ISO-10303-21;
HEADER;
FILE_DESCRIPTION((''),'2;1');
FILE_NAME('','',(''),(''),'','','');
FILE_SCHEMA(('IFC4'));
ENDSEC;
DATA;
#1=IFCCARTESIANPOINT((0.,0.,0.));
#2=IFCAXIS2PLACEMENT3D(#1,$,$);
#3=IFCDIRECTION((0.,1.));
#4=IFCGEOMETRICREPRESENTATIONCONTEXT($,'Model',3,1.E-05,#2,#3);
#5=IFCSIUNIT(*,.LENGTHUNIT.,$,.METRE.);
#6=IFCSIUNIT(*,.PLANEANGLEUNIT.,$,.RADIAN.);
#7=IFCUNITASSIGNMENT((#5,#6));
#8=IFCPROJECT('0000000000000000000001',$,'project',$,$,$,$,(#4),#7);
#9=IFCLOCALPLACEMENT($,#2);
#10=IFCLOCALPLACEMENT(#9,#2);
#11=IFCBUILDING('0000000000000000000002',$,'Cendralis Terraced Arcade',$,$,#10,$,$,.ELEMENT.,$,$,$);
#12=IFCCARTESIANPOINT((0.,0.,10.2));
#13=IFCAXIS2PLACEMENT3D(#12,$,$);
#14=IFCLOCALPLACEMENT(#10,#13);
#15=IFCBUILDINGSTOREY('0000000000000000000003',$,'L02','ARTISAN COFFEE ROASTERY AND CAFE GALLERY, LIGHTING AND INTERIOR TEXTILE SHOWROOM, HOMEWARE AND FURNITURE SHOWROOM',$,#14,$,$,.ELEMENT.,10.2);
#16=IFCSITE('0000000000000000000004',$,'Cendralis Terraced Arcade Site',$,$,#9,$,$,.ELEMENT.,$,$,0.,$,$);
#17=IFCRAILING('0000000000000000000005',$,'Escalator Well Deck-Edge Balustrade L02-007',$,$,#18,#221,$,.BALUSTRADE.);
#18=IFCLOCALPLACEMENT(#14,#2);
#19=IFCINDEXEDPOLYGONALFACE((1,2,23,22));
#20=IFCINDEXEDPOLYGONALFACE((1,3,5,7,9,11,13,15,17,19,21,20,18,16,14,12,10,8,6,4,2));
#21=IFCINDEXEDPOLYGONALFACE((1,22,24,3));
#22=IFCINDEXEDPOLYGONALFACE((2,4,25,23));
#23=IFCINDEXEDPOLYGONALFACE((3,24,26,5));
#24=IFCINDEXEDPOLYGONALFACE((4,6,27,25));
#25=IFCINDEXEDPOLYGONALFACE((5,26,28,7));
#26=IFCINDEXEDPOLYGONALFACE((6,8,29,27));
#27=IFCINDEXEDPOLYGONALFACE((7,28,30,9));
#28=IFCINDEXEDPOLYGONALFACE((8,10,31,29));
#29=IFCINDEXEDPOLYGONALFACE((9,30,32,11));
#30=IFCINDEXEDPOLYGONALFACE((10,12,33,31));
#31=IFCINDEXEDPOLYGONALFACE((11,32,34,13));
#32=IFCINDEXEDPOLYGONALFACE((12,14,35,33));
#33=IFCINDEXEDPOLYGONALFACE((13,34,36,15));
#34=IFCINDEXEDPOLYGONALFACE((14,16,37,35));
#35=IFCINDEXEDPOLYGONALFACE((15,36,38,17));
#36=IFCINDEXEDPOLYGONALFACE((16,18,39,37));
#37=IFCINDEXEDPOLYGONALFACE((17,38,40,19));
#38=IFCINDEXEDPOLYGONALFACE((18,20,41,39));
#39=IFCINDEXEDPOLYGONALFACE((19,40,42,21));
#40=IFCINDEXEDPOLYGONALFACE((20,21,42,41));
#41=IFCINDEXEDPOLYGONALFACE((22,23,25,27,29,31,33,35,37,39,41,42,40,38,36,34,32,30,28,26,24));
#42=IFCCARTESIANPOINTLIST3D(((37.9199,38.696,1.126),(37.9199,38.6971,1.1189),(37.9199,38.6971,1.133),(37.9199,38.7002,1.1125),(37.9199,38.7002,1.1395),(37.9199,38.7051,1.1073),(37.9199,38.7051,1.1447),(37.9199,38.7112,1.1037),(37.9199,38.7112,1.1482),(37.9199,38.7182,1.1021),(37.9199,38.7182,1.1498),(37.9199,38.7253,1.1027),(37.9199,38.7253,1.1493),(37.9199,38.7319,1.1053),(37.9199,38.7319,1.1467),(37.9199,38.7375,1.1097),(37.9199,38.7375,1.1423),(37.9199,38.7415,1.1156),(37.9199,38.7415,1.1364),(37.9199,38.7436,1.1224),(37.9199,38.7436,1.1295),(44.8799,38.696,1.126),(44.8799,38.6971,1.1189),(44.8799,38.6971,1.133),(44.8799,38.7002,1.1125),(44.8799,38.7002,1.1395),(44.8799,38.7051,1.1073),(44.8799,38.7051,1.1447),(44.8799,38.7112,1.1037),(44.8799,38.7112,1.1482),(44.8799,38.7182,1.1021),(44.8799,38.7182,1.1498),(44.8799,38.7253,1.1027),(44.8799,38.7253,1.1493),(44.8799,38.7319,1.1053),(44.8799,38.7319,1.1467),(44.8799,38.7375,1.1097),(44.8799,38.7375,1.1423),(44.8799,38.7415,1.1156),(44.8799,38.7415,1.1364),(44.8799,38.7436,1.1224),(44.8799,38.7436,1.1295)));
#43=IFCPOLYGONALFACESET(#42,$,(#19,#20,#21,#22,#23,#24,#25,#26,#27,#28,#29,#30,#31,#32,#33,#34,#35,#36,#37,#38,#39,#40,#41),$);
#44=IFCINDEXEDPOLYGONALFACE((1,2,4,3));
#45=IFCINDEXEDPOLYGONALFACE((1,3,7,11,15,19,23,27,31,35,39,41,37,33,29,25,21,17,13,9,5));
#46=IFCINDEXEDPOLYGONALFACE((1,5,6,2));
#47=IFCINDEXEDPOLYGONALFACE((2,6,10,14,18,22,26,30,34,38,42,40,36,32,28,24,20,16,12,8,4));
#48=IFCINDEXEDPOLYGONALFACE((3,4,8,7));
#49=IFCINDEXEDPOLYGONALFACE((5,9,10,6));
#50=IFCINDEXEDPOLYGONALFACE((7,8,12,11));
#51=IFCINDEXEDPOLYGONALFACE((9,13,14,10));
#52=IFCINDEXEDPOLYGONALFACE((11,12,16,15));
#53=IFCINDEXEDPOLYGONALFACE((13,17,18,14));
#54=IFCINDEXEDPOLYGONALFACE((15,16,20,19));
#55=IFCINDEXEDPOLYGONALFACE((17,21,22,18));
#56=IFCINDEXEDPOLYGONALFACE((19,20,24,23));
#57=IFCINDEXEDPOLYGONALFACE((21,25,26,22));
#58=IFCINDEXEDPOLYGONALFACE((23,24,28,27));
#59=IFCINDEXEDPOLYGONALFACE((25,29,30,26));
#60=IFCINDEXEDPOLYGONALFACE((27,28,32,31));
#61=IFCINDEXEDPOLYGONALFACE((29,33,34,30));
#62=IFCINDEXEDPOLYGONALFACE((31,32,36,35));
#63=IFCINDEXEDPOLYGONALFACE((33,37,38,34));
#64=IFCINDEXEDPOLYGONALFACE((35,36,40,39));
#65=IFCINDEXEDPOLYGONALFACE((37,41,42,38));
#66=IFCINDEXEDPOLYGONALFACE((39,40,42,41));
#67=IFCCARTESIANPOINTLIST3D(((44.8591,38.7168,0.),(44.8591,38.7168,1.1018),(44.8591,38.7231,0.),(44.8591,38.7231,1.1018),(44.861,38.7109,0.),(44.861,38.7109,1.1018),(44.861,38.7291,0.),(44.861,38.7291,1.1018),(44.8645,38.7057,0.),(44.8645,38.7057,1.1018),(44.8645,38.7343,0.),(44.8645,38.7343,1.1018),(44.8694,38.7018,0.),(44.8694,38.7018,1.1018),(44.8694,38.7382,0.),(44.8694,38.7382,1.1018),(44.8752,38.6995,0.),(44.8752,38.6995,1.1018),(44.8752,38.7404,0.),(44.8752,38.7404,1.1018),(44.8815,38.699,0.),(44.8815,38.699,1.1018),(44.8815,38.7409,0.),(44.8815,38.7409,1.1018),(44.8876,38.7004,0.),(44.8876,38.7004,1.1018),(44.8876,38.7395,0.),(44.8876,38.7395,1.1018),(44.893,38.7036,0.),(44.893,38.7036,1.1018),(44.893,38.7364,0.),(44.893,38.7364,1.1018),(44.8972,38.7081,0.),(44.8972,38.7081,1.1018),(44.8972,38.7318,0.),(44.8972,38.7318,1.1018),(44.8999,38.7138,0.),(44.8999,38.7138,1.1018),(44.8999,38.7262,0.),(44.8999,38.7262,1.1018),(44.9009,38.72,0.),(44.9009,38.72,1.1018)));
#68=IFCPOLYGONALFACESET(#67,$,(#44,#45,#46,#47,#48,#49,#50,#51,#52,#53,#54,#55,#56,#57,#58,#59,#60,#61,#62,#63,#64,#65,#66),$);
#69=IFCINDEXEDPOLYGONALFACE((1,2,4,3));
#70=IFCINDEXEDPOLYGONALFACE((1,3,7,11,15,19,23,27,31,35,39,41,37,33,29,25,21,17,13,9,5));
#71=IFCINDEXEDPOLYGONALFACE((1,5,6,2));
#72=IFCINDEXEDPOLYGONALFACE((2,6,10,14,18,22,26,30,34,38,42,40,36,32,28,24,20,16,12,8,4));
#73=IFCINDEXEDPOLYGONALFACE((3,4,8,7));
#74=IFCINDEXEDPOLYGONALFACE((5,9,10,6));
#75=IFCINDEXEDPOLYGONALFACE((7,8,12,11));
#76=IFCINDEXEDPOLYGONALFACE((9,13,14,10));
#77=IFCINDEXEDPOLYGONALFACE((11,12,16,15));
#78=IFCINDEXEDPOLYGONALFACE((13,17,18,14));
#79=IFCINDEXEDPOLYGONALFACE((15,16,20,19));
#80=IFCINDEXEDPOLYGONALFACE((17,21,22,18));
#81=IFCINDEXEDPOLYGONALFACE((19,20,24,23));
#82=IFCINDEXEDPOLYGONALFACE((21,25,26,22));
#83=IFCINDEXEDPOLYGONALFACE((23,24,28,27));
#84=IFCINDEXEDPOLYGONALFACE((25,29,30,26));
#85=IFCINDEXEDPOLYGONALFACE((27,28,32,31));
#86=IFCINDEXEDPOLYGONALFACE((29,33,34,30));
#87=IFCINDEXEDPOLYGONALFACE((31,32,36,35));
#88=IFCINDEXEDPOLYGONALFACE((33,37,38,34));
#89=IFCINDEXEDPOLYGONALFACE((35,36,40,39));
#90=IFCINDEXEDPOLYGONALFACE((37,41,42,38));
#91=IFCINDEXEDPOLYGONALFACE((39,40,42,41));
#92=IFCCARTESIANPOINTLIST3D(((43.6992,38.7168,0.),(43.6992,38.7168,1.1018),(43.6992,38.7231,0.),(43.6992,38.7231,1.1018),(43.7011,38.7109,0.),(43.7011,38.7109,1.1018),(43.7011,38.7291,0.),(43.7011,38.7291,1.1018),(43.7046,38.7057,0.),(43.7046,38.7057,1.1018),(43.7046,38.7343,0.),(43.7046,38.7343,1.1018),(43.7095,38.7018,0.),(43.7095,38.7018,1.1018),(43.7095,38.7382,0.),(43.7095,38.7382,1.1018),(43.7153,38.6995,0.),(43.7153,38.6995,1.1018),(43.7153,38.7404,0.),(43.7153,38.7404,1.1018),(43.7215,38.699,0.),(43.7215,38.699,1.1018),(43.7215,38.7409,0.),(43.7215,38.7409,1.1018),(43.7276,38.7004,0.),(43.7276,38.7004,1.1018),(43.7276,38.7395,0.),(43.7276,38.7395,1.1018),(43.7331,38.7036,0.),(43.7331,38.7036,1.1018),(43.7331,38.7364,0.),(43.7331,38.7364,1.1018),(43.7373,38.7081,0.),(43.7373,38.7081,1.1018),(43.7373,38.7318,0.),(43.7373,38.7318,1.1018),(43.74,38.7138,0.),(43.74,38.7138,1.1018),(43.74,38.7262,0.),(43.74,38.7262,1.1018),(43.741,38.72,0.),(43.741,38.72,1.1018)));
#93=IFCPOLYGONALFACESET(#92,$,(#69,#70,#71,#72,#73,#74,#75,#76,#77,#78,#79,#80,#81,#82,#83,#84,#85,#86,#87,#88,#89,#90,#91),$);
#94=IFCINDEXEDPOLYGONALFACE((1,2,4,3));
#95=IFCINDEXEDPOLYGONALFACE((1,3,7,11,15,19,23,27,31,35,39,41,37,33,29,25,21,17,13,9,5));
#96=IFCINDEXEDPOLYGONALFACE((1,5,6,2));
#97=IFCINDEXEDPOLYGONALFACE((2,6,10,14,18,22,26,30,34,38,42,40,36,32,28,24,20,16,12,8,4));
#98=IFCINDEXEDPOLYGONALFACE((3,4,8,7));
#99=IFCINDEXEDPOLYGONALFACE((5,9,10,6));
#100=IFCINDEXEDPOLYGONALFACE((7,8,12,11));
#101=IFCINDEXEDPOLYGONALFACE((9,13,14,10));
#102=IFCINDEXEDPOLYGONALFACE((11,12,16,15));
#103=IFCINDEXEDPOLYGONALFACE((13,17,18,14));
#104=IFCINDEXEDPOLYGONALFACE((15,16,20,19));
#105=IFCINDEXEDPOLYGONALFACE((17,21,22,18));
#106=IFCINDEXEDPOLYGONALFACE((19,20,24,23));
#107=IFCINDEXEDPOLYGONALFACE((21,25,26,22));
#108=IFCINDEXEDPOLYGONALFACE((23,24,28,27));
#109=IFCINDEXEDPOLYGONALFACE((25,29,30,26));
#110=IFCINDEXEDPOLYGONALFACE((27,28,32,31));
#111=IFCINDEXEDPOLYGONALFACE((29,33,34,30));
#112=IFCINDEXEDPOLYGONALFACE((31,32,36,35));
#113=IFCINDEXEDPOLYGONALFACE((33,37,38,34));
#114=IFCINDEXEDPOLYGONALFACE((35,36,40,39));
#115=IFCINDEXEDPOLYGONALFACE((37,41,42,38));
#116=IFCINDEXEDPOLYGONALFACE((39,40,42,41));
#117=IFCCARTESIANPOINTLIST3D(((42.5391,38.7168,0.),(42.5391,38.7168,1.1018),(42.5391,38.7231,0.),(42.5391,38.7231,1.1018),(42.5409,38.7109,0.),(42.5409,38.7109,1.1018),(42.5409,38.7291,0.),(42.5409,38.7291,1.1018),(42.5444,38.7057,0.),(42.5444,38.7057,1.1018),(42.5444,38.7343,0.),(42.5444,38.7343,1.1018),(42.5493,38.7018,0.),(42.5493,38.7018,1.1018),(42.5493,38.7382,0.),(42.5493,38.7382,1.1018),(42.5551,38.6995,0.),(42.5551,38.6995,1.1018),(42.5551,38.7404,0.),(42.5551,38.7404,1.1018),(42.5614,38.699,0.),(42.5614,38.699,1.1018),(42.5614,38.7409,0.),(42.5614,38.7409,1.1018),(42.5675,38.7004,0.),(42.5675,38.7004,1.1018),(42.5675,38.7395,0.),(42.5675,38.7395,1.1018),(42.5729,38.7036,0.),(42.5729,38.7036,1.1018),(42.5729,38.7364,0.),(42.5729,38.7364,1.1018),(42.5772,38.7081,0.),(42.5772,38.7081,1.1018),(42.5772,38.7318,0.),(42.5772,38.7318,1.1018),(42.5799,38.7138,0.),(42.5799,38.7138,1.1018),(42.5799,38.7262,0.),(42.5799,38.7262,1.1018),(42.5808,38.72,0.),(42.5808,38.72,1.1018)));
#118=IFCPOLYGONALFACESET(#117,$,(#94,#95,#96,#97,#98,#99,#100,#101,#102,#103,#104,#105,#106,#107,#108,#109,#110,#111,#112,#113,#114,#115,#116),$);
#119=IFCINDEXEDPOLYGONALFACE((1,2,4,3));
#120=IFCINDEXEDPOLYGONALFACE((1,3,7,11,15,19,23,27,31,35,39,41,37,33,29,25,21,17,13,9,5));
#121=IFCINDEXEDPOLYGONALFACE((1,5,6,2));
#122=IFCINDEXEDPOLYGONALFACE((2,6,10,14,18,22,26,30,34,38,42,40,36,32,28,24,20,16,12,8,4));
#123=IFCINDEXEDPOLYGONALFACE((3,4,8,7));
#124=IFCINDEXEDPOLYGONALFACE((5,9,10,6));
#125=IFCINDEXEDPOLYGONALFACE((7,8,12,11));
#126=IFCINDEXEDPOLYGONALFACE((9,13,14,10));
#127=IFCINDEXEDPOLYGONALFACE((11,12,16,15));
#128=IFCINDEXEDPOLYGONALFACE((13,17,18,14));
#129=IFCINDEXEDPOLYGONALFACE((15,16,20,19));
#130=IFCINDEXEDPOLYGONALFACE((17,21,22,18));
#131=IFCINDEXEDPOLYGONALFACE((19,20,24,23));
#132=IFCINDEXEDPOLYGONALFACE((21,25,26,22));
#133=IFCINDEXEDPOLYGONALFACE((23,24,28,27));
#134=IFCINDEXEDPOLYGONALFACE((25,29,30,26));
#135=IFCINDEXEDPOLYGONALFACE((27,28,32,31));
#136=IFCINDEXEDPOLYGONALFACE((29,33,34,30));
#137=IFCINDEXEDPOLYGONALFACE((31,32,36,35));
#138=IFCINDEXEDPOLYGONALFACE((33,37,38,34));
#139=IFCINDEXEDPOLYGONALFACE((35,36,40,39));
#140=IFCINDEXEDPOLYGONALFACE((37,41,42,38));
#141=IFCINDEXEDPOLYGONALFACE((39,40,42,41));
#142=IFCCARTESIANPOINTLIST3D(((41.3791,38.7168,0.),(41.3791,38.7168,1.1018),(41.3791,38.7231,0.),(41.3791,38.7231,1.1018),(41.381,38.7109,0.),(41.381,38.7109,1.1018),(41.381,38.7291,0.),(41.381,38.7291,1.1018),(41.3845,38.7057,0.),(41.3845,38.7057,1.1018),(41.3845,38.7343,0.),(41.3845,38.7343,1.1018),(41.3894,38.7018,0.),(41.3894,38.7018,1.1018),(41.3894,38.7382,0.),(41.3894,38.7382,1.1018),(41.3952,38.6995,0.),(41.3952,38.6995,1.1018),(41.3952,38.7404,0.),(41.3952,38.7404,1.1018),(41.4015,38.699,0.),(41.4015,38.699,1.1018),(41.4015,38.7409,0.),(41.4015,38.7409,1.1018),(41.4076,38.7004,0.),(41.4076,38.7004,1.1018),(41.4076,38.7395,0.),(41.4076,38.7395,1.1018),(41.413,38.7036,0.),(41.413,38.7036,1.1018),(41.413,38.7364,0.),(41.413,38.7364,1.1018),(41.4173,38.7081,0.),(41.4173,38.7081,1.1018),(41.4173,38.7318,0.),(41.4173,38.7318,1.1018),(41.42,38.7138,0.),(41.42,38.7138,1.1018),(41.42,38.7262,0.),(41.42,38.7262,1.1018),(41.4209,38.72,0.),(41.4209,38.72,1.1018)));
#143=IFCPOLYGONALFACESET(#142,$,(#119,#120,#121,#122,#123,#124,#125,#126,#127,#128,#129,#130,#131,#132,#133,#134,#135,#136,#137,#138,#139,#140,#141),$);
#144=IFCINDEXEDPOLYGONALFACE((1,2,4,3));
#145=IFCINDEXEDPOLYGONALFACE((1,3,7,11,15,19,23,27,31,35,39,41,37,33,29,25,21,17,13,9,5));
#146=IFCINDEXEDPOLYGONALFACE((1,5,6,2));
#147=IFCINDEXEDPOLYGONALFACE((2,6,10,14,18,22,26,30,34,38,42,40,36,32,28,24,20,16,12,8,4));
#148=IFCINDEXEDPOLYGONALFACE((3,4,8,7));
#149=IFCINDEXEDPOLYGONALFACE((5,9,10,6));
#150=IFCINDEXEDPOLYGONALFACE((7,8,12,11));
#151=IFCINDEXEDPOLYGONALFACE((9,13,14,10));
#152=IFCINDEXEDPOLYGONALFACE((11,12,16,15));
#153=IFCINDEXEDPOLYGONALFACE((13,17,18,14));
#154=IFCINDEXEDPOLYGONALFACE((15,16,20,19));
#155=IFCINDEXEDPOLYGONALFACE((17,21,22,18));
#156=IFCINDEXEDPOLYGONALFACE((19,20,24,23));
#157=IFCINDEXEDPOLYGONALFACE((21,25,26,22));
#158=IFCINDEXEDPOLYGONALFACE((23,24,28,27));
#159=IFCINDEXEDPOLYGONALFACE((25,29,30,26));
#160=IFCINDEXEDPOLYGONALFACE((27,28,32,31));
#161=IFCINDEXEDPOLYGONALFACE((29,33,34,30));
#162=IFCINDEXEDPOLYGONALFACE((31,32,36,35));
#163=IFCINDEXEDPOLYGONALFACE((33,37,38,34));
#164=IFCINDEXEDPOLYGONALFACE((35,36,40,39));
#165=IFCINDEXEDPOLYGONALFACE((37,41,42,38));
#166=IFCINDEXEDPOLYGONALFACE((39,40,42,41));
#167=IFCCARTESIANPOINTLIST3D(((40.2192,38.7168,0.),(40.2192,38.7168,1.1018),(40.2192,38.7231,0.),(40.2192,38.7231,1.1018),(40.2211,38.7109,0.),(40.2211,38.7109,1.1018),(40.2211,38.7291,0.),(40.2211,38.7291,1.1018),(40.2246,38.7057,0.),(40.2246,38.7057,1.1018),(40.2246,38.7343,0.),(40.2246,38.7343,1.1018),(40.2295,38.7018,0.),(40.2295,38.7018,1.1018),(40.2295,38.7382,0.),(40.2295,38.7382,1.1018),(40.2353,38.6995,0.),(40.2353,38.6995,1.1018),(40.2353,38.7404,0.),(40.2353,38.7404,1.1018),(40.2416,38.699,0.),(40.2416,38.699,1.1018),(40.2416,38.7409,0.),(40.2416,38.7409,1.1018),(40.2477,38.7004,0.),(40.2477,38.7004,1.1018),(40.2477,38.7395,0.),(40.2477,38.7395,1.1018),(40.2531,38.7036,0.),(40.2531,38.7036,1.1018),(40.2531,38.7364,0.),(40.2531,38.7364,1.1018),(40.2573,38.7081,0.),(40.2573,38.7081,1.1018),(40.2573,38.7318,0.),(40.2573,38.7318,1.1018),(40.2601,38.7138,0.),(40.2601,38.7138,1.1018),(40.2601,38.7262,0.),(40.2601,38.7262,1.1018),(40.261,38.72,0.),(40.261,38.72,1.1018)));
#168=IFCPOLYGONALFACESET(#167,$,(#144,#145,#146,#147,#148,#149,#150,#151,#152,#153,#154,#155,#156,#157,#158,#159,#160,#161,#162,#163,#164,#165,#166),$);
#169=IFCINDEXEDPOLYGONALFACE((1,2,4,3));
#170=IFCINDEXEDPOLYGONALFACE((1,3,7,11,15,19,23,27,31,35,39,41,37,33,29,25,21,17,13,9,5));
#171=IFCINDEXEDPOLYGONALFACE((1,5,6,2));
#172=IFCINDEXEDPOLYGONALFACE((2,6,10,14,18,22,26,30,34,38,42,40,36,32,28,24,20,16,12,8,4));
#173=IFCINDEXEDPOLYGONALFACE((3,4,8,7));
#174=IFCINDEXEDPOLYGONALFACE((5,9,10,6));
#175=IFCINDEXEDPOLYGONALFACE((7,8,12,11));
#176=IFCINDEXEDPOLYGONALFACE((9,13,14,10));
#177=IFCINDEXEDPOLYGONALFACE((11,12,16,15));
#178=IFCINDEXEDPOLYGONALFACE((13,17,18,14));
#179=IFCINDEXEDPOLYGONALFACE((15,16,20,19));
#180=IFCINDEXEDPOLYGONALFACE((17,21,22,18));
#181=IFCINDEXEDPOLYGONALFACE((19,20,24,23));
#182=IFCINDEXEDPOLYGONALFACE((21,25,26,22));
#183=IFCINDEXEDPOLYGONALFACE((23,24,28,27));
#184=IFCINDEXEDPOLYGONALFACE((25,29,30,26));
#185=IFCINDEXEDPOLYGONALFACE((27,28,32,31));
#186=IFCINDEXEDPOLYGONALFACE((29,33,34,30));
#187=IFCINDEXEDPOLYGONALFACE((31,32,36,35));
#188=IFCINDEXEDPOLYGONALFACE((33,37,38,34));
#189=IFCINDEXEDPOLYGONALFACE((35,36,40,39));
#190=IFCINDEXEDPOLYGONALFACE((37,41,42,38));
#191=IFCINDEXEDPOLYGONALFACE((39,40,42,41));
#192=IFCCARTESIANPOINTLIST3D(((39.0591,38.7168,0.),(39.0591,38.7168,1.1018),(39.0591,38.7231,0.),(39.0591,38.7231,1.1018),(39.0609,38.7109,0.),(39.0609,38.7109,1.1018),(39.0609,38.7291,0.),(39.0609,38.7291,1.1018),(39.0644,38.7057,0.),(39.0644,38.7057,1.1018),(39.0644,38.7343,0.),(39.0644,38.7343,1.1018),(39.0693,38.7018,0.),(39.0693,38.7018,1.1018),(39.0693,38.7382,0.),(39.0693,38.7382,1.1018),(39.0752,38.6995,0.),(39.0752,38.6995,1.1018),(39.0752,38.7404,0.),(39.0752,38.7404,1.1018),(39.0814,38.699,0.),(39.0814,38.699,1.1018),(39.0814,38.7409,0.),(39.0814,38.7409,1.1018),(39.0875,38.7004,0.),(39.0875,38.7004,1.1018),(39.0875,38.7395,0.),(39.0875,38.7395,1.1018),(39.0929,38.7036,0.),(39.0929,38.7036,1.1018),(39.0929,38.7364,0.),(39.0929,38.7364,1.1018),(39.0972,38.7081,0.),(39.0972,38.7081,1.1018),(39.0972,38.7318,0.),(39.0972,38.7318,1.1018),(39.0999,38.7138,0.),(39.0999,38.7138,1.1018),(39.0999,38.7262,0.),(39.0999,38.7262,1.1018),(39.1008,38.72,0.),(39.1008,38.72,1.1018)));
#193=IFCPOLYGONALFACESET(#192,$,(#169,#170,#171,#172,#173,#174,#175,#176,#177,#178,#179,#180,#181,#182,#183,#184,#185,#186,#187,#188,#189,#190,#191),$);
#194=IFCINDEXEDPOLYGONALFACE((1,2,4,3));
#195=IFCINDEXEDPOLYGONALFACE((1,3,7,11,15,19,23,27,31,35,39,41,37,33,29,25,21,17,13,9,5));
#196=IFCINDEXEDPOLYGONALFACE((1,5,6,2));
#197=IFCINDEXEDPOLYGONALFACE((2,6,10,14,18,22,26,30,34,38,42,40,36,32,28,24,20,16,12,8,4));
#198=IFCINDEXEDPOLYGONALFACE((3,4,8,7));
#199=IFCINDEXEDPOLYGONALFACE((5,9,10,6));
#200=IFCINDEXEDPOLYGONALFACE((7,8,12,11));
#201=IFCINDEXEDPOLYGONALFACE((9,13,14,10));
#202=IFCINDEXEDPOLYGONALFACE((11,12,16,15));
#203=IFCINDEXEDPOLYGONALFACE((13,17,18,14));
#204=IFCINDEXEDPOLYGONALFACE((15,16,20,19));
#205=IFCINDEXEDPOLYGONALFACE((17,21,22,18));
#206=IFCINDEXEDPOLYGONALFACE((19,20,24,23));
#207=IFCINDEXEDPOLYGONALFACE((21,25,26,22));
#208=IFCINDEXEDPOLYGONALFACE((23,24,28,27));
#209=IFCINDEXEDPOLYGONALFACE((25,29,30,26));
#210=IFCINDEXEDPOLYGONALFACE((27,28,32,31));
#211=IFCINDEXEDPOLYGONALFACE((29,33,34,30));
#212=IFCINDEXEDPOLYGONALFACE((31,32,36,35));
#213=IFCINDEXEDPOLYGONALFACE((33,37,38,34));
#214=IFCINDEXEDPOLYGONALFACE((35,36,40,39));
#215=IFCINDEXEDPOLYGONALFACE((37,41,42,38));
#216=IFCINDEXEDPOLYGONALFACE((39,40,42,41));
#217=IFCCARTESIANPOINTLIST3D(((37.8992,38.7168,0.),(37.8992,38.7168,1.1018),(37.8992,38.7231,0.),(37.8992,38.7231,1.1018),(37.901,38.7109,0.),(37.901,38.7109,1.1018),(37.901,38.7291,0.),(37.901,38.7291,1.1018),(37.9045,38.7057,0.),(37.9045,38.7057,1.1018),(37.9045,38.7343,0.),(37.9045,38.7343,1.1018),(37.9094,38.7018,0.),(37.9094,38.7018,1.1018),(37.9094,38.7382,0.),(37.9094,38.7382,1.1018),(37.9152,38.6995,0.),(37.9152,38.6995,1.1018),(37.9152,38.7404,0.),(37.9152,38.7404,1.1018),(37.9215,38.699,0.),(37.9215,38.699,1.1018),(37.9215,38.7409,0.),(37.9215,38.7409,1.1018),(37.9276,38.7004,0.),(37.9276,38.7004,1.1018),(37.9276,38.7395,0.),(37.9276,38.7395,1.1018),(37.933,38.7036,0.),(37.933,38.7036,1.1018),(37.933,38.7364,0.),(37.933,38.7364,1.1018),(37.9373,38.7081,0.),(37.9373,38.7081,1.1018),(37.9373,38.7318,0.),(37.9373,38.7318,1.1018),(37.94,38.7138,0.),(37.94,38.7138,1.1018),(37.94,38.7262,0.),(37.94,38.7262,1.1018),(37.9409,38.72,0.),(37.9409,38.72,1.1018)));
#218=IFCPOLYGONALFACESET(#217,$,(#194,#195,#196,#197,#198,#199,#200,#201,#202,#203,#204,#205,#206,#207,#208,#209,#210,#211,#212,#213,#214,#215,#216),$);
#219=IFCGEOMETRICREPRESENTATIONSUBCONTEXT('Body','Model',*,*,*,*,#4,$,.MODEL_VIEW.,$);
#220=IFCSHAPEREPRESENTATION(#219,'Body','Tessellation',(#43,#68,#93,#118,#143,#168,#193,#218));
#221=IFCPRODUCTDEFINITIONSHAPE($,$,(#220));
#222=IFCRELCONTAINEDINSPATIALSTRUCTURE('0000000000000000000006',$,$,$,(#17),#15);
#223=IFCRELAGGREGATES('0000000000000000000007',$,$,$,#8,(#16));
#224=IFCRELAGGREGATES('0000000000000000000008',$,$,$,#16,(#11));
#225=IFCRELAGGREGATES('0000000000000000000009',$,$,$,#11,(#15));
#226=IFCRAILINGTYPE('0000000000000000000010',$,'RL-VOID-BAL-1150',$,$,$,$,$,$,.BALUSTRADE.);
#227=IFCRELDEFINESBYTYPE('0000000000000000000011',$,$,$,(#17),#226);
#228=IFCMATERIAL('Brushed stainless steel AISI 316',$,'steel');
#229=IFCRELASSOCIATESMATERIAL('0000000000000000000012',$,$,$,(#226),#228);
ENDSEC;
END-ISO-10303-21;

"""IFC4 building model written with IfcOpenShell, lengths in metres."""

from ifc_helpers import new_model, si_unit, direction, frame, origin, origin_2d, place, context, subcontext, project, spatial, circle, extrude, material, type_object, element, save


model = new_model("IFC4")

# Units and contexts
model_context = context("Model", 3, precision=1e-05, world=origin(), true_north=direction((0.0, 1.0)))
body_context = subcontext(model_context, "Body", "Model", "MODEL_VIEW")
ifc_project = project(units=[si_unit("LENGTHUNIT", "METRE"), si_unit("PLANEANGLEUNIT", "RADIAN")], contexts=[model_context])

# Site, building, storey
site_placement = place(None, origin())
site = spatial("IfcSite", under=ifc_project, at=site_placement, Name="Cendralis Terraced Arcade Site", CompositionType="ELEMENT", RefElevation=0.0)
building_placement = place(site_placement, origin())
building = spatial("IfcBuilding", under=site, at=building_placement, Name="Cendralis Terraced Arcade", CompositionType="ELEMENT")
storey_placement = place(building_placement, frame((0.0, 0.0, 10.2)))
storey = spatial("IfcBuildingStorey", under=building, at=storey_placement, Name="L02", Description="ARTISAN COFFEE ROASTERY AND CAFE GALLERY, LIGHTING AND INTERIOR TEXTILE SHOWROOM, HOMEWARE AND FURNITURE SHOWROOM", CompositionType="ELEMENT", Elevation=10.2)

# Railing
ifc_material_1 = material(Name="Brushed stainless steel AISI 316", Category="steel")
railing_type_1 = type_object("IfcRailingType", Name="RL-VOID-BAL-1150", PredefinedType="BALUSTRADE", material=ifc_material_1)
railing_1_placement = place(storey_placement, frame((44.8799, 38.72, 0.0)))
element("IfcRailing", 1, at=railing_1_placement, inside=storey, type_object=railing_type_1, Name="Escalator Well Deck-Edge Balustrade L02-007", PredefinedType="BALUSTRADE", context=body_context, shape_type="SweptSolid", body=[
    extrude(circle(Radius=0.0239, at=origin_2d()), frame((0.0, 0.0, 1.126), z_axis=(-1.0, 0.0, 0.0), x_axis=(0.0, -1.0, 0.0)), (0.0, 0.0, 1.0), 6.96),
    extrude(circle(Radius=0.021, at=origin_2d()), origin(), (0.0, 0.0, 1.0), 1.1018),
    extrude(circle(Radius=0.021, at=origin_2d()), frame((-1.1599, 0.0, 0.0)), (0.0, 0.0, 1.0), 1.1018),
    extrude(circle(Radius=0.021, at=origin_2d()), frame((-2.3201, 0.0, 0.0)), (0.0, 0.0, 1.0), 1.1018),
    extrude(circle(Radius=0.021, at=origin_2d()), frame((-3.48, 0.0, 0.0)), (0.0, 0.0, 1.0), 1.1018),
    extrude(circle(Radius=0.021, at=origin_2d()), frame((-4.6399, 0.0, 0.0)), (0.0, 0.0, 1.0), 1.1018),
    extrude(circle(Radius=0.021, at=origin_2d()), frame((-5.8, 0.0, 0.0)), (0.0, 0.0, 1.0), 1.1018),
    extrude(circle(Radius=0.021, at=origin_2d()), frame((-6.96, 0.0, 0.0)), (0.0, 0.0, 1.0), 1.1018),
])

save(model, "model.ifc")
